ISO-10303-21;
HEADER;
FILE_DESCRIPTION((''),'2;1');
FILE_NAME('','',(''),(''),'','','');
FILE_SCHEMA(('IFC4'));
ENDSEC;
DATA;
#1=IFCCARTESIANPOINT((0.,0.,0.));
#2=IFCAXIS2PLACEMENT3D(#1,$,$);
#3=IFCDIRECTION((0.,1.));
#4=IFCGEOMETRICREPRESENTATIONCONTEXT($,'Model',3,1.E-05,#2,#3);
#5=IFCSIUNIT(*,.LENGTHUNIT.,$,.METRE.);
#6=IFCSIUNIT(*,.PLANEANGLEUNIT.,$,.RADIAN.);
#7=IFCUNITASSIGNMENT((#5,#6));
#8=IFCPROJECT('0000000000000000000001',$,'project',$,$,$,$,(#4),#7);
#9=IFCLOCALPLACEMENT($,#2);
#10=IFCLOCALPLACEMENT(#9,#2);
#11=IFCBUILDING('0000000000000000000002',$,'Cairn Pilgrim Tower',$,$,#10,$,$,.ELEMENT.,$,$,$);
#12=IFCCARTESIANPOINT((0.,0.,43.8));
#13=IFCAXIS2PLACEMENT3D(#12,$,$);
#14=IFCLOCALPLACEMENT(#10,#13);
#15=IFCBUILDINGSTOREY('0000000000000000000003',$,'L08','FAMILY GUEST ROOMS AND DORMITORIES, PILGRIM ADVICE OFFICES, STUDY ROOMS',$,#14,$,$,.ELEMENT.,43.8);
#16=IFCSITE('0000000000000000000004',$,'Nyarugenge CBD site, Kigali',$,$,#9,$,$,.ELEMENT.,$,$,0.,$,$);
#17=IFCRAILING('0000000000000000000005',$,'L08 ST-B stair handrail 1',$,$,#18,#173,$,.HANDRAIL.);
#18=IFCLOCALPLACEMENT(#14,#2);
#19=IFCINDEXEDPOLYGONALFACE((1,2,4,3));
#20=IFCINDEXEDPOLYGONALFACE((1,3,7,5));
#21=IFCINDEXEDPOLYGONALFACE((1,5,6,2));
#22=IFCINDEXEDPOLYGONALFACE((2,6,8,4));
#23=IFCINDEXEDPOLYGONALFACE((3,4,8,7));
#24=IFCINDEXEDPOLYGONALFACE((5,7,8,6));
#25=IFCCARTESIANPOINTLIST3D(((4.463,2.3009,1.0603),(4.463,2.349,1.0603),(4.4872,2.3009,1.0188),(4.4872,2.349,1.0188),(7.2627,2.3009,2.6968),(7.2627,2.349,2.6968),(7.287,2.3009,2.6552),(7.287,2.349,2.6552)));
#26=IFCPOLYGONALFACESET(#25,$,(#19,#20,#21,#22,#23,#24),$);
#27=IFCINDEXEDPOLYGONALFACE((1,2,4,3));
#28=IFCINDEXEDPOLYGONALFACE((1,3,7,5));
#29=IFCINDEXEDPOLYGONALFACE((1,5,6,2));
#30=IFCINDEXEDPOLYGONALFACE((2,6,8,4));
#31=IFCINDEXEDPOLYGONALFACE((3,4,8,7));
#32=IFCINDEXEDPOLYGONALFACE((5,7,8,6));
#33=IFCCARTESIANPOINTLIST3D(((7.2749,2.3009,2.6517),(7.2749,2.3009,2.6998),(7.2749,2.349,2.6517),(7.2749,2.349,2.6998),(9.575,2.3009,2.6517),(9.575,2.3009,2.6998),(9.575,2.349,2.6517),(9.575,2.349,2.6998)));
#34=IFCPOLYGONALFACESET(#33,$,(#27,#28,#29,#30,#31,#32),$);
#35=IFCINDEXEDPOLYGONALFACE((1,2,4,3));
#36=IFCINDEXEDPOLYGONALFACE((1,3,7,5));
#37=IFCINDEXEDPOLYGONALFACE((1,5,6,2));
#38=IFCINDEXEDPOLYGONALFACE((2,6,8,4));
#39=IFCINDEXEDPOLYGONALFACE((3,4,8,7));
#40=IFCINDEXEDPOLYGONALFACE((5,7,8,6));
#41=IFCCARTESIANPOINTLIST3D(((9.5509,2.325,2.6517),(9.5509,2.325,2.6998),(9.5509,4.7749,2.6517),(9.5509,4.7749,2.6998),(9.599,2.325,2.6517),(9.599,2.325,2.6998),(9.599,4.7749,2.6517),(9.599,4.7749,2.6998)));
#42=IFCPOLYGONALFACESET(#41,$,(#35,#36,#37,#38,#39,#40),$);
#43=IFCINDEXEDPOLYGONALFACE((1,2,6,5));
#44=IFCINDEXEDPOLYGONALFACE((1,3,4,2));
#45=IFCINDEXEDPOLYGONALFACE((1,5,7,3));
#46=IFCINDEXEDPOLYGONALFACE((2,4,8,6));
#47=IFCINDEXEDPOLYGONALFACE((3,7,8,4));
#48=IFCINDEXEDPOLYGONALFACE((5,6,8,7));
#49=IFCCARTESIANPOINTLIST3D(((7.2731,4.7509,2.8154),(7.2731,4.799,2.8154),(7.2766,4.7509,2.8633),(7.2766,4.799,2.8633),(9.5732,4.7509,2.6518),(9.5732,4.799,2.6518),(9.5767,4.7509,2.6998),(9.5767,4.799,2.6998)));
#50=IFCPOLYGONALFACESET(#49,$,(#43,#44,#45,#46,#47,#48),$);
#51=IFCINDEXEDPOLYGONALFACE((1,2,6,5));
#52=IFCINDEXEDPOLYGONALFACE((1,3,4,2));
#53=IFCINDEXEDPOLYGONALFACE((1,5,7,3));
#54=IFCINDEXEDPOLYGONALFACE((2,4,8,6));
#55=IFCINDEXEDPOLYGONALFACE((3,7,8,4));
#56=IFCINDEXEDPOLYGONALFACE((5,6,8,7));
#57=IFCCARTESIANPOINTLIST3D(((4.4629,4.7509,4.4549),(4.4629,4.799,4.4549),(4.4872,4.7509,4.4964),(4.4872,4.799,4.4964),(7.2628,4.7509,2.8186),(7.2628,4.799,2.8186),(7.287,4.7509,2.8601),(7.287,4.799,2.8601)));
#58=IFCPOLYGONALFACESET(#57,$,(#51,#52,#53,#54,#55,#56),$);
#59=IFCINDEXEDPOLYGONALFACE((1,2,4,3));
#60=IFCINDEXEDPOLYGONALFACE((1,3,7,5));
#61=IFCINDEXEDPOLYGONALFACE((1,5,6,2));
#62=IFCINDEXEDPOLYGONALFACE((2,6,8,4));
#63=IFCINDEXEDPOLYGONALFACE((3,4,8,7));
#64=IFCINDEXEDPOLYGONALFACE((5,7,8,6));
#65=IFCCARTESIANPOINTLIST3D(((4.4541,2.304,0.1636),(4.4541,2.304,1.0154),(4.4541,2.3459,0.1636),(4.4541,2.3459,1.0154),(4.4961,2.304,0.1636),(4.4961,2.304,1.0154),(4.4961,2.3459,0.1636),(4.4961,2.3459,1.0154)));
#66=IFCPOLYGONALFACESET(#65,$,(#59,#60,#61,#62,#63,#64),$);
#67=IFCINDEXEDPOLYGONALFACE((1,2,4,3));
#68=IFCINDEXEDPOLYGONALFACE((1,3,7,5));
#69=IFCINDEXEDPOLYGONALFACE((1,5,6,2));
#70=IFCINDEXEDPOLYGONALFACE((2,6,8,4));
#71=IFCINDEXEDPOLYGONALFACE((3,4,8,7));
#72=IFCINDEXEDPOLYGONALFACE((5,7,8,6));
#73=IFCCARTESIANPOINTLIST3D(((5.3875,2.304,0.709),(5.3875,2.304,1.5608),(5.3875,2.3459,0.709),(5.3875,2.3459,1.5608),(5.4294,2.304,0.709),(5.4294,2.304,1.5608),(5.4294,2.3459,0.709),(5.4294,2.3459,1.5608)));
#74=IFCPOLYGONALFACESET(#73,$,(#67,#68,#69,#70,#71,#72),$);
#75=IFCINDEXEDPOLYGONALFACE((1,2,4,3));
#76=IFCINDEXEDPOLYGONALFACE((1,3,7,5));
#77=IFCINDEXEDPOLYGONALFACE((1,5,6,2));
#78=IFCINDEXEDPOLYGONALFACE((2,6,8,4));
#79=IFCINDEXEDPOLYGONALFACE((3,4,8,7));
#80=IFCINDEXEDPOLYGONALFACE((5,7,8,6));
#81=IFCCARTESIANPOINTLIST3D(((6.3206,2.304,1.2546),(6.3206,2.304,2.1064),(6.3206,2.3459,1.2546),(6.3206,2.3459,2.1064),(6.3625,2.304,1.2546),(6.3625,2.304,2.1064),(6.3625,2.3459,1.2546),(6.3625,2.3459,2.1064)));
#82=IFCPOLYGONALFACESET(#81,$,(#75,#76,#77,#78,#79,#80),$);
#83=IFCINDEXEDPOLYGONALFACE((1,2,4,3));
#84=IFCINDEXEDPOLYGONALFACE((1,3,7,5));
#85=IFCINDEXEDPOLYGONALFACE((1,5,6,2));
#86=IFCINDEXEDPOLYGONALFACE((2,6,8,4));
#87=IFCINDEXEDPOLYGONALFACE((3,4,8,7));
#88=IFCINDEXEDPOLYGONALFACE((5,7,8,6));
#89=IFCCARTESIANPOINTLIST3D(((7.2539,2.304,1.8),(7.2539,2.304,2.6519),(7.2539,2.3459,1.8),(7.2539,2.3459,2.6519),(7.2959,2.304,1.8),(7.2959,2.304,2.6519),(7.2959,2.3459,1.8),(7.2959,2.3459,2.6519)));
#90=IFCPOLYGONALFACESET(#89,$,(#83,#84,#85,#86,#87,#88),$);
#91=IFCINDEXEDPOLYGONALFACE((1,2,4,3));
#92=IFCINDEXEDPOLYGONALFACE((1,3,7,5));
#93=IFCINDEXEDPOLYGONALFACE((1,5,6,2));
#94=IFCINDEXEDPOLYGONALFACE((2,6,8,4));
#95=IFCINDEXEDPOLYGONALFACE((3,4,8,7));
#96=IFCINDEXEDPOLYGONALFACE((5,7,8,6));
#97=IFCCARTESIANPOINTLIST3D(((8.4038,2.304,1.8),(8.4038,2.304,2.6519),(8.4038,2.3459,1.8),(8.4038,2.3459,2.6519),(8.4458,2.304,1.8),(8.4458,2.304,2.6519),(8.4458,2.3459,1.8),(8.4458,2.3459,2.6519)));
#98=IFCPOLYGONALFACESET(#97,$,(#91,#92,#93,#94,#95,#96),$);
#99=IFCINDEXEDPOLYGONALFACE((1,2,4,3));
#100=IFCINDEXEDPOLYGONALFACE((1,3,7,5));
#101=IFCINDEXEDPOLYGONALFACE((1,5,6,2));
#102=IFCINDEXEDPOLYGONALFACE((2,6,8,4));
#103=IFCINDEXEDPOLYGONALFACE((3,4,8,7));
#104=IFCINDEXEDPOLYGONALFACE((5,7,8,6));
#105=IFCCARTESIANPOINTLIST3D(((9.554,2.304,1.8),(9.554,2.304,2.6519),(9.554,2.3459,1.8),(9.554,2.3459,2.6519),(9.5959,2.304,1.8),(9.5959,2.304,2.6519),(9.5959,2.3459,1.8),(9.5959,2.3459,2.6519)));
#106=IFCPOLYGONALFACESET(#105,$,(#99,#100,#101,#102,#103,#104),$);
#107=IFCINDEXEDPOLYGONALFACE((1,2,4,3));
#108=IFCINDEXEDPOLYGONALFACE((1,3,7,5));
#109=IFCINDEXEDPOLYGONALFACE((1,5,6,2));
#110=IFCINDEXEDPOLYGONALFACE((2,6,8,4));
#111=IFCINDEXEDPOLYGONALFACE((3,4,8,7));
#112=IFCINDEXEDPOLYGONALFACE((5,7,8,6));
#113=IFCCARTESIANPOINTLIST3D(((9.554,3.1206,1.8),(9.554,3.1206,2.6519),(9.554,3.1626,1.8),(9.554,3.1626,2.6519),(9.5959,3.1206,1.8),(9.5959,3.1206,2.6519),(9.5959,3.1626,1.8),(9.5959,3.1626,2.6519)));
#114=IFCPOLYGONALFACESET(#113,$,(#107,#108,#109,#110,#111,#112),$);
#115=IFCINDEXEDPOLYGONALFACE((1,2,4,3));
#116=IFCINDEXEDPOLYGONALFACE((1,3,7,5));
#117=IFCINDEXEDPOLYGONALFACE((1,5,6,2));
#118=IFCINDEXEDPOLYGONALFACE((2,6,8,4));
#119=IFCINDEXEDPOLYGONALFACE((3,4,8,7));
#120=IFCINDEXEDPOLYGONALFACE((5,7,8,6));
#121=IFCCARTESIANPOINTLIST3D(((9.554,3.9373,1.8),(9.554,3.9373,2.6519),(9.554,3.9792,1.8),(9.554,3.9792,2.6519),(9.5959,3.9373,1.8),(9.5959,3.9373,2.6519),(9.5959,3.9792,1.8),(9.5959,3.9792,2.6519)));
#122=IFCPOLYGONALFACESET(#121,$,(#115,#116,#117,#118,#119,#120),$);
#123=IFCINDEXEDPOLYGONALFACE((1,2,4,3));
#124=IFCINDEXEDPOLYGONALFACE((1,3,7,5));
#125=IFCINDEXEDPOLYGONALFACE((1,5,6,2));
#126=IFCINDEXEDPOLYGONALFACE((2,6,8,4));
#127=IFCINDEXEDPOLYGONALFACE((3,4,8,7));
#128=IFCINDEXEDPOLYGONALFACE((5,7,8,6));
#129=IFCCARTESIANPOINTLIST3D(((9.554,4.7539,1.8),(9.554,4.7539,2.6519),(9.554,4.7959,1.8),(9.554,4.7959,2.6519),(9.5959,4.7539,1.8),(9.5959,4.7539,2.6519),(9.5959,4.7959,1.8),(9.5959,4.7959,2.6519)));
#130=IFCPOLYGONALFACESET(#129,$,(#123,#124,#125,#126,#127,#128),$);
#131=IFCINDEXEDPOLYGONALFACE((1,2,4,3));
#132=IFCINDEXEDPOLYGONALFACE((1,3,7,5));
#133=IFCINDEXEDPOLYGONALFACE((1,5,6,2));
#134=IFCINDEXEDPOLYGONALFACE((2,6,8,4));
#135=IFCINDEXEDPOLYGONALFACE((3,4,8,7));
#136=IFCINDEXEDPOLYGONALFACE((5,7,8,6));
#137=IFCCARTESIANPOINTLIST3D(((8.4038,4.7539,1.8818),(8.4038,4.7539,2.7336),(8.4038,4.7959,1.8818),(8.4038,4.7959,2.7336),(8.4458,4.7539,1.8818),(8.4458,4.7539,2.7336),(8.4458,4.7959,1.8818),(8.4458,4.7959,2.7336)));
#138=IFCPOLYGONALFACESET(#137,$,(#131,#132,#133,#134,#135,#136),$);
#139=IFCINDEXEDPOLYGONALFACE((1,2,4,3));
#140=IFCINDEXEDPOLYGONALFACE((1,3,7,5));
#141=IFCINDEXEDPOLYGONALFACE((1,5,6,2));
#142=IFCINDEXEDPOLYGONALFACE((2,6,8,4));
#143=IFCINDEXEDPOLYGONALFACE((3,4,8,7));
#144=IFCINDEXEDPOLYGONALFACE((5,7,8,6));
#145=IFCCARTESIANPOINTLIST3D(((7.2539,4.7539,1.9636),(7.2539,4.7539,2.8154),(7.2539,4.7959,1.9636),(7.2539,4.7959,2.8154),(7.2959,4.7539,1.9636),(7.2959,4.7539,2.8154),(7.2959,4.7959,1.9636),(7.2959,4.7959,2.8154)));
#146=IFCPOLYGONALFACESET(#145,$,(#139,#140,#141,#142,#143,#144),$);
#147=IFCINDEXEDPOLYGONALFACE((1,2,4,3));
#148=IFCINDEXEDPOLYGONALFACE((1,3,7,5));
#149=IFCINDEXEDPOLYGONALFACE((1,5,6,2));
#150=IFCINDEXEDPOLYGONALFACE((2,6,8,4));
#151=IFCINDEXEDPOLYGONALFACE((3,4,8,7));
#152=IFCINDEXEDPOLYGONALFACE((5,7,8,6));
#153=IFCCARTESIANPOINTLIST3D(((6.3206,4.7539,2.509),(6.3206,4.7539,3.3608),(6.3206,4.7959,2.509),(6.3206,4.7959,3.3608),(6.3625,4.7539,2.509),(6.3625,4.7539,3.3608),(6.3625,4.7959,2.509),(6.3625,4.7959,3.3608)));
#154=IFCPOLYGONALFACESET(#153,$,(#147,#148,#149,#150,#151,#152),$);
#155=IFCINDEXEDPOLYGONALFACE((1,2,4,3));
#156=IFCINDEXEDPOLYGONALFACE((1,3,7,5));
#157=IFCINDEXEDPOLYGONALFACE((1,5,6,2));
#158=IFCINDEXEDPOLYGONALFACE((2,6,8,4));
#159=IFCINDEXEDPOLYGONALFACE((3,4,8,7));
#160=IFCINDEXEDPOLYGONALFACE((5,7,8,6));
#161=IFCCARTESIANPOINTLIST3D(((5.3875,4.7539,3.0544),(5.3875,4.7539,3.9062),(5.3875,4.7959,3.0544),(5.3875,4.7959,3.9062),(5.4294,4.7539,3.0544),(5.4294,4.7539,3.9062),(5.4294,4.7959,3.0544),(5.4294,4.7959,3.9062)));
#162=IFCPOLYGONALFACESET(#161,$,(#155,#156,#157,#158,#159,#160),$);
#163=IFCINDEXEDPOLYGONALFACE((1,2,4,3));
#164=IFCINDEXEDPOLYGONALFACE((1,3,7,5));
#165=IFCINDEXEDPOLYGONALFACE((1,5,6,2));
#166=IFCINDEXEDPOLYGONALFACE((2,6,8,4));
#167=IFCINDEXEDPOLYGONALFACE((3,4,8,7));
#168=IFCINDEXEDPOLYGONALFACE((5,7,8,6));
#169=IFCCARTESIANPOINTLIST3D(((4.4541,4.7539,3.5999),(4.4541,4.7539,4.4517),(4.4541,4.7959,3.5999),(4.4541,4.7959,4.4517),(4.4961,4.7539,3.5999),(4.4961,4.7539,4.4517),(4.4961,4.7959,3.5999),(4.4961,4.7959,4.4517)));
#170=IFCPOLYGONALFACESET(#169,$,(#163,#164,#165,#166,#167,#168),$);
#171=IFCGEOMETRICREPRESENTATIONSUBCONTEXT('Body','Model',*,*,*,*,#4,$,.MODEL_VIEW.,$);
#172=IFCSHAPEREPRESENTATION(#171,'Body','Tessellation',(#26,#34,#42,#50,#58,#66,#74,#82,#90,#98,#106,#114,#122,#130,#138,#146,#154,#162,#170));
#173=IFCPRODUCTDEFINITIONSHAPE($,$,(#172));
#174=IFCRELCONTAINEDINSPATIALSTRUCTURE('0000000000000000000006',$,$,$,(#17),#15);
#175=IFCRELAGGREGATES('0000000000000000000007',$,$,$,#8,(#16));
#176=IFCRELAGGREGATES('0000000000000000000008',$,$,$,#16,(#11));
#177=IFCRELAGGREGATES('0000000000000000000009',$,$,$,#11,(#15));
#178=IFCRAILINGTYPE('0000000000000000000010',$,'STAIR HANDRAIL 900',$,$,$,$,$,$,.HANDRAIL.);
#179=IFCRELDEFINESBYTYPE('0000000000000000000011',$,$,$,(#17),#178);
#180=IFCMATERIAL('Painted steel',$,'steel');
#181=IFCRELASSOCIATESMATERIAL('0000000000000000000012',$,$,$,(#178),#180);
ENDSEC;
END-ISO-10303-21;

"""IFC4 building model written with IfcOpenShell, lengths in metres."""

from ifc_helpers import new_model, si_unit, direction, frame, origin, origin_2d, place, context, subcontext, project, spatial, rectangle, extrude, material, type_object, element, save


model = new_model("IFC4")

# Units and contexts
model_context = context("Model", 3, precision=1e-05, world=origin(), true_north=direction((0.0, 1.0)))
body_context = subcontext(model_context, "Body", "Model", "MODEL_VIEW")
ifc_project = project(units=[si_unit("LENGTHUNIT", "METRE"), si_unit("PLANEANGLEUNIT", "RADIAN")], contexts=[model_context])

# Site, building, storey
site_placement = place(None, origin())
site = spatial("IfcSite", under=ifc_project, at=site_placement, Name="Nyarugenge CBD site, Kigali", CompositionType="ELEMENT", RefElevation=0.0)
building_placement = place(site_placement, origin())
building = spatial("IfcBuilding", under=site, at=building_placement, Name="Cairn Pilgrim Tower", CompositionType="ELEMENT")
storey_placement = place(building_placement, frame((0.0, 0.0, 43.8)))
storey = spatial("IfcBuildingStorey", under=building, at=storey_placement, Name="L08", Description="FAMILY GUEST ROOMS AND DORMITORIES, PILGRIM ADVICE OFFICES, STUDY ROOMS", CompositionType="ELEMENT", Elevation=43.8)

# Shared definitions
ifc_material_1 = material(Name="Painted steel", Category="steel")

# Railing
railing_type_1 = type_object("IfcRailingType", Name="STAIR HANDRAIL 900", PredefinedType="HANDRAIL", material=ifc_material_1)
railing_1_placement = place(storey_placement, frame((4.4751, 2.325, 0.1636)))
element("IfcRailing", 1, at=railing_1_placement, inside=storey, type_object=railing_type_1, Name="L08 ST-B stair handrail 1", PredefinedType="HANDRAIL", context=body_context, shape_type="SweptSolid", body=[
    extrude(rectangle(XDim=0.0481, YDim=0.0481, at=origin_2d()), frame((0.0, 0.0, 0.876), z_axis=(0.863342, 0.0, 0.50462), x_axis=(0.0, 1.0, 0.0)), (0.0, 0.0, 1.0), 3.2429),
    extrude(rectangle(XDim=0.0481, YDim=0.0481, at=origin_2d()), frame((2.7998, 0.0, 2.5122), z_axis=(1.0, 0.0, 0.0), x_axis=(0.0, 1.0, 0.0)), (0.0, 0.0, 1.0), 2.3),
    extrude(rectangle(XDim=0.0481, YDim=0.0481, at=origin_2d()), frame((5.0999, 0.0, 2.5122), z_axis=(0.0, 1.0, 0.0), x_axis=(-1.0, 0.0, 0.0)), (0.0, 0.0, 1.0), 2.45),
    extrude(rectangle(XDim=0.0481, YDim=0.0481, at=origin_2d()), frame((5.0999, 2.45, 2.5122), z_axis=(-0.997481, 0.0, 0.070939), x_axis=(0.0, -1.0, 0.0)), (0.0, 0.0, 1.0), 2.3059),
    extrude(rectangle(XDim=0.0481, YDim=0.0481, at=origin_2d()), frame((2.7998, 2.45, 2.6758), z_axis=(-0.863374, 0.0, 0.504564), x_axis=(0.0, -1.0, 0.0)), (0.0, 0.0, 1.0), 3.2429),
    extrude(rectangle(XDim=0.042, YDim=0.042, at=origin_2d()), origin(), (0.0, 0.0, 1.0), 0.8518),
    extrude(rectangle(XDim=0.042, YDim=0.042, at=origin_2d()), frame((0.9333, 0.0, 0.5454)), (0.0, 0.0, 1.0), 0.8518),
    extrude(rectangle(XDim=0.042, YDim=0.042, at=origin_2d()), frame((1.8665, 0.0, 1.0911)), (0.0, 0.0, 1.0), 0.8518),
    extrude(rectangle(XDim=0.042, YDim=0.042, at=origin_2d()), frame((2.7998, 0.0, 1.6365)), (0.0, 0.0, 1.0), 0.8518),
    extrude(rectangle(XDim=0.042, YDim=0.042, at=origin_2d()), frame((3.9497, 0.0, 1.6365)), (0.0, 0.0, 1.0), 0.8518),
    extrude(rectangle(XDim=0.042, YDim=0.042, at=origin_2d()), frame((5.0999, 0.0, 1.6365)), (0.0, 0.0, 1.0), 0.8518),
    extrude(rectangle(XDim=0.042, YDim=0.042, at=origin_2d()), frame((5.0999, 0.8167, 1.6365)), (0.0, 0.0, 1.0), 0.8518),
    extrude(rectangle(XDim=0.042, YDim=0.042, at=origin_2d()), frame((5.0999, 1.6333, 1.6365)), (0.0, 0.0, 1.0), 0.8518),
    extrude(rectangle(XDim=0.042, YDim=0.042, at=origin_2d()), frame((5.0999, 2.45, 1.6365)), (0.0, 0.0, 1.0), 0.8518),
    extrude(rectangle(XDim=0.042, YDim=0.042, at=origin_2d()), frame((3.9497, 2.45, 1.7183)), (0.0, 0.0, 1.0), 0.8518),
    extrude(rectangle(XDim=0.042, YDim=0.042, at=origin_2d()), frame((2.7998, 2.45, 1.8)), (0.0, 0.0, 1.0), 0.8518),
    extrude(rectangle(XDim=0.042, YDim=0.042, at=origin_2d()), frame((1.8665, 2.45, 2.3455)), (0.0, 0.0, 1.0), 0.8518),
    extrude(rectangle(XDim=0.042, YDim=0.042, at=origin_2d()), frame((0.9333, 2.45, 2.8909)), (0.0, 0.0, 1.0), 0.8518),
    extrude(rectangle(XDim=0.042, YDim=0.042, at=origin_2d()), frame((0.0, 2.45, 3.4363)), (0.0, 0.0, 1.0), 0.8518),
])

save(model, "model.ifc")
